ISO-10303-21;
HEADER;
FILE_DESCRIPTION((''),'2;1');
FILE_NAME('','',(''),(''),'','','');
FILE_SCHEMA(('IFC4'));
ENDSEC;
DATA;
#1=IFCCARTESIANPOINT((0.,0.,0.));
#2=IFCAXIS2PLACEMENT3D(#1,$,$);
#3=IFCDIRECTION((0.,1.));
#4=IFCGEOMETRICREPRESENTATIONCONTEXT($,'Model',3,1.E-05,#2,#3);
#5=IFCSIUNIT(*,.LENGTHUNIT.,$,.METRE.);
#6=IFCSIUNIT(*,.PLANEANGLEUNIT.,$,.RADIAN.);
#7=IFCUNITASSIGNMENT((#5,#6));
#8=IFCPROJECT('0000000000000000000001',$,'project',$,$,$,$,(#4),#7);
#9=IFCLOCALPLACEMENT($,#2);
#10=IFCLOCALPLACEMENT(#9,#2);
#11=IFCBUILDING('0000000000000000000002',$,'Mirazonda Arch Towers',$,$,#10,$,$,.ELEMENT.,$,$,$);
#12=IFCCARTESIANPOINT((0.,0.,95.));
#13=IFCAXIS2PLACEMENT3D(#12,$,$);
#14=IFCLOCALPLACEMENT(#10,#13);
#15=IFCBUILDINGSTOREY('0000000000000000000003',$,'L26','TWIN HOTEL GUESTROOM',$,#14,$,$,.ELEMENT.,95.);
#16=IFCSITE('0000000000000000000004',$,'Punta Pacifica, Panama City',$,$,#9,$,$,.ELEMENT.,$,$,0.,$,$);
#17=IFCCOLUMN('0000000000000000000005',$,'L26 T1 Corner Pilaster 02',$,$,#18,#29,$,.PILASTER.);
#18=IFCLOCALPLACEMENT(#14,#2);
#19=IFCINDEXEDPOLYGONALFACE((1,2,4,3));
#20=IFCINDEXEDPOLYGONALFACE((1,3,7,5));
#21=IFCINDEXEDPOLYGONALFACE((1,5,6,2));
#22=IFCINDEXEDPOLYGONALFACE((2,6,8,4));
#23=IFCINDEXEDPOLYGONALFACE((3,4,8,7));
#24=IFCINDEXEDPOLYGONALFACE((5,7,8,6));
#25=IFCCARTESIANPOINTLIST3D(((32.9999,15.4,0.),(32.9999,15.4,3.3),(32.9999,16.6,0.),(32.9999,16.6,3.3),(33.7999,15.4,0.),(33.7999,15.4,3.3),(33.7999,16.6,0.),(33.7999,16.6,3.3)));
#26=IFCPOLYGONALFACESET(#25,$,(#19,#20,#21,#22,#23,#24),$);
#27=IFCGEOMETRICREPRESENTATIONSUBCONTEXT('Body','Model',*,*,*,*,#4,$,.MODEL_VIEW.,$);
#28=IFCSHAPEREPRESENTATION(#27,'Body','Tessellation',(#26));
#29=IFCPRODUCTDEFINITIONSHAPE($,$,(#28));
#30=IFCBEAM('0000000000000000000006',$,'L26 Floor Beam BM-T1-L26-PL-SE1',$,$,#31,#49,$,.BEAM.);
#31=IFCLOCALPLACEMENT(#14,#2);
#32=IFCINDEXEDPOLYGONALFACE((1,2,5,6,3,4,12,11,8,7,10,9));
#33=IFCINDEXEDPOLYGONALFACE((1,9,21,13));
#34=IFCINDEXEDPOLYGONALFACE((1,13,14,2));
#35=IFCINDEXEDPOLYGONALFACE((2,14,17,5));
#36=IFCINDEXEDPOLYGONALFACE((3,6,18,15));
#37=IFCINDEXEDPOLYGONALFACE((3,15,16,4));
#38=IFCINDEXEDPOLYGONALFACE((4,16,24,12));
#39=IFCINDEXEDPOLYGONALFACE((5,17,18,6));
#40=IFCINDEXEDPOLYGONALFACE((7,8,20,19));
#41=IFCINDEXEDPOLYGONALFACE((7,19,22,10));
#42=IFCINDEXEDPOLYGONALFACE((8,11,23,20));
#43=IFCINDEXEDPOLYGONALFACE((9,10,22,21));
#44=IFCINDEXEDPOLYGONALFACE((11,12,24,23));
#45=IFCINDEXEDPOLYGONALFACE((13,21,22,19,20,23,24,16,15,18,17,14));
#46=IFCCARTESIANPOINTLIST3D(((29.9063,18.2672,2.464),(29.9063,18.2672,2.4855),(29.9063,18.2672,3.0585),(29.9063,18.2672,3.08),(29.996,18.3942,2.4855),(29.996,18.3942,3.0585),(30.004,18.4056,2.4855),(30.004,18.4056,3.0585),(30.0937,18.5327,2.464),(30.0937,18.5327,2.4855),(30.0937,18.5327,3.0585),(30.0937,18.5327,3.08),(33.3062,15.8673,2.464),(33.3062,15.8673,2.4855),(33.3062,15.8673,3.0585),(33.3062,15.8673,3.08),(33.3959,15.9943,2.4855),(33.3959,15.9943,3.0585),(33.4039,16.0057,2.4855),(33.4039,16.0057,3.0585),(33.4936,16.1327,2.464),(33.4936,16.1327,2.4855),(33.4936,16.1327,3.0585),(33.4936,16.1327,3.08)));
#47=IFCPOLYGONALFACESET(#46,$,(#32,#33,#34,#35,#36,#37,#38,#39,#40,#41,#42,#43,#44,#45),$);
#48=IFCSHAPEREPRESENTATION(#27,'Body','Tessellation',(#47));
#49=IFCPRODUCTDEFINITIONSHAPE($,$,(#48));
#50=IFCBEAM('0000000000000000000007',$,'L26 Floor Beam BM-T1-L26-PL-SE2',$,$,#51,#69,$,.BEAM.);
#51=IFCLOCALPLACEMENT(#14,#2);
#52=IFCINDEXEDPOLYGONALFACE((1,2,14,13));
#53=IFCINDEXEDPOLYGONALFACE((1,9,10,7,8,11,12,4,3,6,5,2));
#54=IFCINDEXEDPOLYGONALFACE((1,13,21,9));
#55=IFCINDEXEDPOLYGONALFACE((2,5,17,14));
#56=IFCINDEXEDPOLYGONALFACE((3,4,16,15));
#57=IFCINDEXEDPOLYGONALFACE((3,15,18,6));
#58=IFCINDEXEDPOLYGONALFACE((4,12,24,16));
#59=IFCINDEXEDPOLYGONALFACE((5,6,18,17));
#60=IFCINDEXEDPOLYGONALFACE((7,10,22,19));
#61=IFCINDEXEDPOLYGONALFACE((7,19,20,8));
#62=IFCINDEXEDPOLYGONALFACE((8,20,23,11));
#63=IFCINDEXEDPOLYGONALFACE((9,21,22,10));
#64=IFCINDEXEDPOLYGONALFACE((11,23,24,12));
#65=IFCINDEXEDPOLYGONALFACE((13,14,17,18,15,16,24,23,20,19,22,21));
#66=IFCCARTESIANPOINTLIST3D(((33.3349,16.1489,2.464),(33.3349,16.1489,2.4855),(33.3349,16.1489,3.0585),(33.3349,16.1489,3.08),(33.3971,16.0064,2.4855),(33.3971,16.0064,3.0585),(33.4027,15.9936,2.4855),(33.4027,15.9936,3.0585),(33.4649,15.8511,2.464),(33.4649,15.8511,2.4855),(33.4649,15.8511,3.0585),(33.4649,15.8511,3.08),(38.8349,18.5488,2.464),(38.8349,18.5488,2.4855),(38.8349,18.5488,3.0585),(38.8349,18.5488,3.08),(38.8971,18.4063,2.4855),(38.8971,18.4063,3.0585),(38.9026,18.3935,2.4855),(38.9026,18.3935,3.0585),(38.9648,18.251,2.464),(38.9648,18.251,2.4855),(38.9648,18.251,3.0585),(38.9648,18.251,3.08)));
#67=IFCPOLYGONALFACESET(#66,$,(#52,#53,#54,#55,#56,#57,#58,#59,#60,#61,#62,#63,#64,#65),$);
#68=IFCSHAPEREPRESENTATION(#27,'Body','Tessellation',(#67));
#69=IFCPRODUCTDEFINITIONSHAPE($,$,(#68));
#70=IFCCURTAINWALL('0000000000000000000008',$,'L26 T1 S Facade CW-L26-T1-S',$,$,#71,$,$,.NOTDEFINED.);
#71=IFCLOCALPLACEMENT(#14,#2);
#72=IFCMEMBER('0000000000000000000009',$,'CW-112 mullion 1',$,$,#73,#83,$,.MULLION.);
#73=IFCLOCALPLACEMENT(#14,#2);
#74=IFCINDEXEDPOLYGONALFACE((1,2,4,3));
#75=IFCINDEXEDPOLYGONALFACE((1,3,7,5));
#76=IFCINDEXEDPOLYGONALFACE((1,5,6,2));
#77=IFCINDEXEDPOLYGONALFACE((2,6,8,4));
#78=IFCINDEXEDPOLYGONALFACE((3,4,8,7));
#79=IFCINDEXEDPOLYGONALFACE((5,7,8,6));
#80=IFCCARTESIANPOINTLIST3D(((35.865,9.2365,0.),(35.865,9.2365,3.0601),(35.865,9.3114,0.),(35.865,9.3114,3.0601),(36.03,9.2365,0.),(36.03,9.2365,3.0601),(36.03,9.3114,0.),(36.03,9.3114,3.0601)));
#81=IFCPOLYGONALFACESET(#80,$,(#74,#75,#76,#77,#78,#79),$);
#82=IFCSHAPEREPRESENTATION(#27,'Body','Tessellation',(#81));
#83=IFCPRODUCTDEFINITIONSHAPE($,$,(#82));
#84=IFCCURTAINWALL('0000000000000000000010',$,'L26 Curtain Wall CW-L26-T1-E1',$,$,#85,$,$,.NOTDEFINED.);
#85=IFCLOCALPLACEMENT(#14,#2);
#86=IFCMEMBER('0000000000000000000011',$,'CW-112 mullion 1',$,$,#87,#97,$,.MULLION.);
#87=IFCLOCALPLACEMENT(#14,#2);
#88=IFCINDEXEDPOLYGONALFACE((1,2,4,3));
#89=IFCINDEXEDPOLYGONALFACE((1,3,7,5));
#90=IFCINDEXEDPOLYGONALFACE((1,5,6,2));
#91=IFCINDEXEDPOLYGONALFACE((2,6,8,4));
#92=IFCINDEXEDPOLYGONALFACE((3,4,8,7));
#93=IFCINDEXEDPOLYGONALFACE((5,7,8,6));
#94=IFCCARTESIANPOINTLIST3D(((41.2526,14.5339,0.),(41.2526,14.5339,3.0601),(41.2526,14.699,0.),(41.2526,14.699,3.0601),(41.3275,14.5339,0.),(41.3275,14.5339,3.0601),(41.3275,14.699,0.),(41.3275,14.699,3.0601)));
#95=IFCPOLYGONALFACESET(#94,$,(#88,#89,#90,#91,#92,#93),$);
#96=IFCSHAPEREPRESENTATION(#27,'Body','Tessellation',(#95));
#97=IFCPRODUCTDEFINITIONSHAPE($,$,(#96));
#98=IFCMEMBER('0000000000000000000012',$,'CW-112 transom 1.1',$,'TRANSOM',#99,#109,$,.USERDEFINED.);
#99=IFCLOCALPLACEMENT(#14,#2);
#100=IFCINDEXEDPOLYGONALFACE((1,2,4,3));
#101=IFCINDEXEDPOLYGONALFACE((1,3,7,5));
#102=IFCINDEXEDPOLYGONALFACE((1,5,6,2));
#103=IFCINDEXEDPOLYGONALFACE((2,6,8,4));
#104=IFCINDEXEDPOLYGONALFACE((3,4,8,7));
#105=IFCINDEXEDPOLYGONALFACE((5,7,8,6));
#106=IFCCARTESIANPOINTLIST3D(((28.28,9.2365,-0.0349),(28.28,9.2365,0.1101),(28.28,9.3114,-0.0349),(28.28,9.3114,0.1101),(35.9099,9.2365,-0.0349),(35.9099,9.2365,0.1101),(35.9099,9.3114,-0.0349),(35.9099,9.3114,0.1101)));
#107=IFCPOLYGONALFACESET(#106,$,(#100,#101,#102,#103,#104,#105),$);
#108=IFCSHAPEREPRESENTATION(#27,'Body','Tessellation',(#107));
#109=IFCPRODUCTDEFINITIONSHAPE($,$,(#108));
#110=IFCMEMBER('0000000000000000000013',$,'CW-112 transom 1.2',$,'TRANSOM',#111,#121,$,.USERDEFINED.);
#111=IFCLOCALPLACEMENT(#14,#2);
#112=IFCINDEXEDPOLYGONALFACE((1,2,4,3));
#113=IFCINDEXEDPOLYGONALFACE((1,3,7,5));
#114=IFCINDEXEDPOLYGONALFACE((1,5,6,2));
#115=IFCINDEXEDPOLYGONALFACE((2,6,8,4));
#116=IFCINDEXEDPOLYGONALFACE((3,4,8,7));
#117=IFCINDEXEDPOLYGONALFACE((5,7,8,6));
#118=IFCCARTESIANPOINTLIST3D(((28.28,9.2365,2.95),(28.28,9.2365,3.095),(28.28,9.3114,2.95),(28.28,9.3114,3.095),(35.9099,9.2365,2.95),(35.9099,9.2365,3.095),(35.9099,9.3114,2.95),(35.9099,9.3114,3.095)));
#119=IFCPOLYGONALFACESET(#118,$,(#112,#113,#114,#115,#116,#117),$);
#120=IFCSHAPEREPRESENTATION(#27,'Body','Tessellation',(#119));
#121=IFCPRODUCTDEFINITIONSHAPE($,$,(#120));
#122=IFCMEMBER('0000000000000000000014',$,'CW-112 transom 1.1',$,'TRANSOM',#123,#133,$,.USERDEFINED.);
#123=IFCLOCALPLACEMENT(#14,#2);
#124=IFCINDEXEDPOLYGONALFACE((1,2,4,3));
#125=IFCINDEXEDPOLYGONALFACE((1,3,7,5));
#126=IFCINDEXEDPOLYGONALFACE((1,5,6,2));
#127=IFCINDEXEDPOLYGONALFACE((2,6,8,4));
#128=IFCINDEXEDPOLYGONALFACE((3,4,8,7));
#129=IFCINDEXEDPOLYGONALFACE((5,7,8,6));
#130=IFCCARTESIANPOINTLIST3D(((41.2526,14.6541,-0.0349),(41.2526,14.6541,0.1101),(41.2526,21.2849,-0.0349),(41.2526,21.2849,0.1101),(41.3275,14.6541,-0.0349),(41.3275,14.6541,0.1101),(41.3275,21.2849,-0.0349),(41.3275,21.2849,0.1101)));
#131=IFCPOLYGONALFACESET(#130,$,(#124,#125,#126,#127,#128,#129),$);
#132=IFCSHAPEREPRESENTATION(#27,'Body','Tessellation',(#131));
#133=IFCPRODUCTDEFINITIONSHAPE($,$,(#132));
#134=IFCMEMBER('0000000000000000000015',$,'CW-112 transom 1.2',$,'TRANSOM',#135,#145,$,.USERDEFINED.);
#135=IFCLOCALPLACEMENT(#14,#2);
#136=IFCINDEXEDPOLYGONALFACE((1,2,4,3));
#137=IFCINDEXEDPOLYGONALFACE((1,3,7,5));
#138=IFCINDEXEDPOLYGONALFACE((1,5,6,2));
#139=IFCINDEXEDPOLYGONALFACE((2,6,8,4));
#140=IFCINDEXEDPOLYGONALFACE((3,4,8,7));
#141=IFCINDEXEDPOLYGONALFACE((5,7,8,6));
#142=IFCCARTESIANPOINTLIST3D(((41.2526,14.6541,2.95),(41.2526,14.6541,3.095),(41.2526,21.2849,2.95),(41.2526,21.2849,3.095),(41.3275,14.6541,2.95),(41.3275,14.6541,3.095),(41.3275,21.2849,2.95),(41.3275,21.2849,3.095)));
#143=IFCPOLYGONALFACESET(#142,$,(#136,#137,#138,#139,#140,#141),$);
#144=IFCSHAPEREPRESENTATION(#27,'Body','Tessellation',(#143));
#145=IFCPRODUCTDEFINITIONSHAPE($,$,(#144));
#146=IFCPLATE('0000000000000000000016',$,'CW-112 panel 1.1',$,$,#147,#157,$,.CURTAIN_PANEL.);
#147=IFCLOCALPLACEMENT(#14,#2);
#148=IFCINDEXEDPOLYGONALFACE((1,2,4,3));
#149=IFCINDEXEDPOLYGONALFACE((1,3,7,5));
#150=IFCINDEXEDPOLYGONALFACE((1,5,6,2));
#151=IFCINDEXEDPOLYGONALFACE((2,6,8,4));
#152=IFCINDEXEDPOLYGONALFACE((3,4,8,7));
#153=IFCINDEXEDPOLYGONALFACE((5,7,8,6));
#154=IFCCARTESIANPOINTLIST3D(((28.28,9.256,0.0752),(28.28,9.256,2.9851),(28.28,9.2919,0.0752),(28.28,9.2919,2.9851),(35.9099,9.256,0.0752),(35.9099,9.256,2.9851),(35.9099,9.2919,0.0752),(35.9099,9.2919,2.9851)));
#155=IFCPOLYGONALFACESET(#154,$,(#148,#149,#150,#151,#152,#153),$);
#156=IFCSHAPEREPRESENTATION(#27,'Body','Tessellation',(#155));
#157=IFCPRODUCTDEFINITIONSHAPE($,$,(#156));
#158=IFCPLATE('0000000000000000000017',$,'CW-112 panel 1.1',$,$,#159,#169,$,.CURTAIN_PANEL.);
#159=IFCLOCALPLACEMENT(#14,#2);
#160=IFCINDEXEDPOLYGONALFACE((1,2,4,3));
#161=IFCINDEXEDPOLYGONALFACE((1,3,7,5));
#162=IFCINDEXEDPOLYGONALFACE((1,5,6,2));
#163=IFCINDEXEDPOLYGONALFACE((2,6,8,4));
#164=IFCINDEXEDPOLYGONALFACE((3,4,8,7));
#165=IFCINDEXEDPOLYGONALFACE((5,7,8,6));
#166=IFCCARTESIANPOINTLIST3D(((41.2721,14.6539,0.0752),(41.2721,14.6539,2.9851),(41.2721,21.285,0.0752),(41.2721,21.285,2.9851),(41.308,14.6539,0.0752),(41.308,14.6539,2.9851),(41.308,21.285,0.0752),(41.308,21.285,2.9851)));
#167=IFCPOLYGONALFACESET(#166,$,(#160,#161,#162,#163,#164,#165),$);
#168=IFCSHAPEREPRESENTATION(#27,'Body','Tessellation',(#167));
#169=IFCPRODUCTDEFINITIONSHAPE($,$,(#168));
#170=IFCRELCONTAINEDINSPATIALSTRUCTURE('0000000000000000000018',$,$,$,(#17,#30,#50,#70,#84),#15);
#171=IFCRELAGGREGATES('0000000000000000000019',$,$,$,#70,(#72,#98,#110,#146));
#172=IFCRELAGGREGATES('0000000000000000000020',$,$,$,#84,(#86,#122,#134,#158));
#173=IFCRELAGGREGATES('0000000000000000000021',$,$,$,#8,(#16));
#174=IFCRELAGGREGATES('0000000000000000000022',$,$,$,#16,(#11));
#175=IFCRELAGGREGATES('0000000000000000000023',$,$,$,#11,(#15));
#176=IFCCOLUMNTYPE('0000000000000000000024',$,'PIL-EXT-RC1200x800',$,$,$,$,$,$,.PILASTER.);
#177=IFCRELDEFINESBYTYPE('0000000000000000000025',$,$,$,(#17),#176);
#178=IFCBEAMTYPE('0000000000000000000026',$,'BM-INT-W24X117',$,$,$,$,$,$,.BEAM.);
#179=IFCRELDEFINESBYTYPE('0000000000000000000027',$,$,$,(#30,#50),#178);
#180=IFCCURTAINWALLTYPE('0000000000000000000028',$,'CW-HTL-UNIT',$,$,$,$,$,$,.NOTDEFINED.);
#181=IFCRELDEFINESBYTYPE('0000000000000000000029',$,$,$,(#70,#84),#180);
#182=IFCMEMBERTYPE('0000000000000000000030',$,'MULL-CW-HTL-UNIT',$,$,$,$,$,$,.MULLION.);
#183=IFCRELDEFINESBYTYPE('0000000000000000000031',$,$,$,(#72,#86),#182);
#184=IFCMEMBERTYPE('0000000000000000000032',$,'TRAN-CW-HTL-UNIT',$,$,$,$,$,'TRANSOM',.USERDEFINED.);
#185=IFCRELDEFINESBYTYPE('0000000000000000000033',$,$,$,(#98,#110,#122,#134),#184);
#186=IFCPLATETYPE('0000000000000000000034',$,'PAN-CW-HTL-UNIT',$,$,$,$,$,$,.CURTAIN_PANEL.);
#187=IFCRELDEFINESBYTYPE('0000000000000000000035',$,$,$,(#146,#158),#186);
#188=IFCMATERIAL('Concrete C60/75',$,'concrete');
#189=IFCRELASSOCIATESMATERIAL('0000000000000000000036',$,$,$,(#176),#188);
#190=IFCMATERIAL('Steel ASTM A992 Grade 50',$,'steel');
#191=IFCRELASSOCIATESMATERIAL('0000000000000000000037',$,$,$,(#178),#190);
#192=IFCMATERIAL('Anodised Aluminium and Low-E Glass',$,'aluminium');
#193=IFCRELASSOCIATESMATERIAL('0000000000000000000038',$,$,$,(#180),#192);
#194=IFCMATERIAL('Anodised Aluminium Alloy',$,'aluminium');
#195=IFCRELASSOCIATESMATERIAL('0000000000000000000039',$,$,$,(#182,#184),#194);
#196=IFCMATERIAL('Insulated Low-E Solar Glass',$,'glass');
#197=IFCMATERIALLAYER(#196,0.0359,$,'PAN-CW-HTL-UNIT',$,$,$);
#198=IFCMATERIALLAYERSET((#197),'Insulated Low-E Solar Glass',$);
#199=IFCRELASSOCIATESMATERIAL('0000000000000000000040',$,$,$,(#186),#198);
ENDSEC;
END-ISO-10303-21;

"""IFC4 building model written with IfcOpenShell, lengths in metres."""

from ifc_helpers import new_model, si_unit, direction, frame, origin, origin_2d, place, context, subcontext, project, spatial, rectangle, i_section, extrude, material, layer, layer_set, material_profile, profile_set, type_object, element, aggregate, save


model = new_model("IFC4")

# Units and contexts
model_context = context("Model", 3, precision=1e-05, world=origin(), true_north=direction((0.0, 1.0)))
body_context = subcontext(model_context, "Body", "Model", "MODEL_VIEW")
ifc_project = project(units=[si_unit("LENGTHUNIT", "METRE"), si_unit("PLANEANGLEUNIT", "RADIAN")], contexts=[model_context])

# Site, building, storey
site_placement = place(None, origin())
site = spatial("IfcSite", under=ifc_project, at=site_placement, Name="Punta Pacifica, Panama City", CompositionType="ELEMENT", RefElevation=0.0)
building_placement = place(site_placement, origin())
building = spatial("IfcBuilding", under=site, at=building_placement, Name="Mirazonda Arch Towers", CompositionType="ELEMENT")
storey_placement = place(building_placement, frame((0.0, 0.0, 95.0)))
storey = spatial("IfcBuildingStorey", under=building, at=storey_placement, Name="L26", Description="TWIN HOTEL GUESTROOM", CompositionType="ELEMENT", Elevation=95.0)

# Column
ifc_material_1 = material(Name="Concrete C60/75", Category="concrete")
ifc_material_profile_1 = material_profile(ifc_material_1, rectangle(XDim=0.8, YDim=1.2, at=origin_2d()), Name="RC1200x800")
ifc_profile_set_1 = profile_set([ifc_material_profile_1], Name="Concrete C60/75")
column_type = type_object("IfcColumnType", Name="PIL-EXT-RC1200x800", PredefinedType="PILASTER", material=ifc_profile_set_1)
column_placement = place(storey_placement, frame((33.3999, 16.0, 0.0), z_axis=(0.0, 0.0, 1.0), x_axis=(1.0, 0.0, 0.0)))
element("IfcColumn", 1, at=column_placement, inside=storey, type_object=column_type, Name="L26 T1 Corner Pilaster 02", PredefinedType="PILASTER", context=body_context, shape_type="SweptSolid", body=[
    extrude(rectangle(XDim=0.8, YDim=1.2, at=origin_2d()), origin(), (0.0, 0.0, 1.0), 3.3),
])

# Beams
ifc_material_2 = material(Name="Steel ASTM A992 Grade 50", Category="steel")
ifc_material_profile_2 = material_profile(ifc_material_2, i_section(OverallWidth=0.325, OverallDepth=0.616, WebThickness=0.0139, FlangeThickness=0.0215, at=origin_2d()), Name="W24X117")
ifc_profile_set_2 = profile_set([ifc_material_profile_2], Name="Steel ASTM A992 Grade 50")
beam_type = type_object("IfcBeamType", Name="BM-INT-W24X117", PredefinedType="BEAM", material=ifc_profile_set_2)
beam_1_placement = place(storey_placement, frame((33.3999, 16.0, 2.772), z_axis=(-0.816971, 0.576679, 0.0), x_axis=(-0.576679, -0.816971, 0.0)))
element("IfcBeam", 2, at=beam_1_placement, inside=storey, type_object=beam_type, Name="L26 Floor Beam BM-T1-L26-PL-SE1", PredefinedType="BEAM", context=body_context, shape_type="SweptSolid", body=[
    extrude(i_section(OverallWidth=0.325, OverallDepth=0.616, WebThickness=0.0139, FlangeThickness=0.0215, at=origin_2d()), origin(), (0.0, 0.0, 1.0), 4.1616),
])
beam_2_placement = place(storey_placement, frame((33.3999, 16.0, 2.772), z_axis=(0.916545, 0.399931, 0.0), x_axis=(-0.399931, 0.916545, 0.0)))
element("IfcBeam", 3, at=beam_2_placement, inside=storey, type_object=beam_type, Name="L26 Floor Beam BM-T1-L26-PL-SE2", PredefinedType="BEAM", context=body_context, shape_type="SweptSolid", body=[
    extrude(i_section(OverallWidth=0.325, OverallDepth=0.616, WebThickness=0.0139, FlangeThickness=0.0215, at=origin_2d()), origin(), (0.0, 0.0, 1.0), 6.0007),
])

# Curtain walls, members
ifc_material_3 = material(Name="Anodised Aluminium and Low-E Glass", Category="aluminium")
curtain_wall_type = type_object("IfcCurtainWallType", Name="CW-HTL-UNIT", PredefinedType="NOTDEFINED", material=ifc_material_3)
curtain_wall_1_placement = place(storey_placement, origin())
curtain_wall_1 = element("IfcCurtainWall", 4, at=curtain_wall_1_placement, inside=storey, type_object=curtain_wall_type, Name="L26 T1 S Facade CW-L26-T1-S", PredefinedType="NOTDEFINED")
ifc_material_4 = material(Name="Anodised Aluminium Alloy", Category="aluminium")
ifc_material_profile_3 = material_profile(ifc_material_4, rectangle(XDim=0.075, YDim=0.165, at=origin_2d()), Name="ALU-MULL-75x165")
ifc_profile_set_3 = profile_set([ifc_material_profile_3], Name="Anodised Aluminium Alloy")
member_type_1 = type_object("IfcMemberType", Name="MULL-CW-HTL-UNIT", PredefinedType="MULLION", material=ifc_profile_set_3)
member_1_placement = place(storey_placement, frame((35.9475, 9.2739, 0.0), z_axis=(0.0, 0.0, 1.0), x_axis=(0.0, -1.0, 0.0)))
member_1 = element("IfcMember", 5, at=member_1_placement, type_object=member_type_1, Name="CW-112 mullion 1", PredefinedType="MULLION", context=body_context, shape_type="SweptSolid", body=[
    extrude(rectangle(XDim=0.075, YDim=0.165, at=origin_2d()), origin(), (0.0, 0.0, 1.0), 3.0601),
])
curtain_wall_2_placement = place(storey_placement, origin())
curtain_wall_2 = element("IfcCurtainWall", 6, at=curtain_wall_2_placement, inside=storey, type_object=curtain_wall_type, Name="L26 Curtain Wall CW-L26-T1-E1", PredefinedType="NOTDEFINED")
member_2_placement = place(storey_placement, frame((41.29, 14.6165, 0.0), z_axis=(0.0, 0.0, 1.0), x_axis=(-1.0, 0.0, 0.0)))
member_2 = element("IfcMember", 7, at=member_2_placement, type_object=member_type_1, Name="CW-112 mullion 1", PredefinedType="MULLION", context=body_context, shape_type="SweptSolid", body=[
    extrude(rectangle(XDim=0.075, YDim=0.165, at=origin_2d()), origin(), (0.0, 0.0, 1.0), 3.0601),
])

# Members
ifc_material_profile_4 = material_profile(ifc_material_4, rectangle(XDim=0.075, YDim=0.145, at=origin_2d()), Name="ALU-TRAN-75x145")
ifc_profile_set_4 = profile_set([ifc_material_profile_4], Name="Anodised Aluminium Alloy")
member_type_2 = type_object("IfcMemberType", Name="TRAN-CW-HTL-UNIT", ElementType="TRANSOM", PredefinedType="USERDEFINED", material=ifc_profile_set_4)
member_3_placement = place(storey_placement, frame((35.9099, 9.2739, 0.0376), z_axis=(-1.0, 0.0, 0.0), x_axis=(0.0, -1.0, 0.0)))
member_3 = element("IfcMember", 8, at=member_3_placement, type_object=member_type_2, Name="CW-112 transom 1.1", ObjectType="TRANSOM", PredefinedType="USERDEFINED", context=body_context, shape_type="SweptSolid", body=[
    extrude(rectangle(XDim=0.075, YDim=0.145, at=origin_2d()), origin(), (0.0, 0.0, 1.0), 7.6299),
])
member_4_placement = place(storey_placement, frame((35.9099, 9.2739, 3.0225), z_axis=(-1.0, 0.0, 0.0), x_axis=(0.0, -1.0, 0.0)))
member_4 = element("IfcMember", 9, at=member_4_placement, type_object=member_type_2, Name="CW-112 transom 1.2", ObjectType="TRANSOM", PredefinedType="USERDEFINED", context=body_context, shape_type="SweptSolid", body=[
    extrude(rectangle(XDim=0.075, YDim=0.145, at=origin_2d()), origin(), (0.0, 0.0, 1.0), 7.6299),
])
member_5_placement = place(storey_placement, frame((41.29, 14.6541, 0.0376), z_axis=(0.0, 1.0, 0.0), x_axis=(-1.0, 0.0, 0.0)))
member_5 = element("IfcMember", 10, at=member_5_placement, type_object=member_type_2, Name="CW-112 transom 1.1", ObjectType="TRANSOM", PredefinedType="USERDEFINED", context=body_context, shape_type="SweptSolid", body=[
    extrude(rectangle(XDim=0.075, YDim=0.145, at=origin_2d()), origin(), (0.0, 0.0, 1.0), 6.6309),
])
member_6_placement = place(storey_placement, frame((41.29, 14.6541, 3.0225), z_axis=(0.0, 1.0, 0.0), x_axis=(-1.0, 0.0, 0.0)))
member_6 = element("IfcMember", 11, at=member_6_placement, type_object=member_type_2, Name="CW-112 transom 1.2", ObjectType="TRANSOM", PredefinedType="USERDEFINED", context=body_context, shape_type="SweptSolid", body=[
    extrude(rectangle(XDim=0.075, YDim=0.145, at=origin_2d()), origin(), (0.0, 0.0, 1.0), 6.6309),
])

# Plates
ifc_material_5 = material(Name="Insulated Low-E Solar Glass", Category="glass")
ifc_layer_1 = layer(ifc_material_5, 0.0359, Name="PAN-CW-HTL-UNIT")
ifc_layer_set_1 = layer_set([ifc_layer_1], Name="Insulated Low-E Solar Glass")
plate_type = type_object("IfcPlateType", Name="PAN-CW-HTL-UNIT", PredefinedType="CURTAIN_PANEL", material=ifc_layer_set_1)
plate_1_placement = place(storey_placement, frame((32.095, 9.2739, 0.0752), z_axis=(0.0, 0.0, 1.0), x_axis=(-1.0, 0.0, 0.0)))
plate_1 = element("IfcPlate", 12, at=plate_1_placement, type_object=plate_type, Name="CW-112 panel 1.1", PredefinedType="CURTAIN_PANEL", context=body_context, shape_type="SweptSolid", body=[
    extrude(rectangle(XDim=7.6299, YDim=0.0359, at=origin_2d()), origin(), (0.0, 0.0, 1.0), 2.9099),
])
aggregate(curtain_wall_1, [member_1, member_3, member_4, plate_1])
plate_2_placement = place(storey_placement, frame((41.29, 17.9695, 0.0752), z_axis=(0.0, 0.0, 1.0), x_axis=(0.0, 1.0, 0.0)))
plate_2 = element("IfcPlate", 13, at=plate_2_placement, type_object=plate_type, Name="CW-112 panel 1.1", PredefinedType="CURTAIN_PANEL", context=body_context, shape_type="SweptSolid", body=[
    extrude(rectangle(XDim=6.6311, YDim=0.0359, at=origin_2d()), origin(), (0.0, 0.0, 1.0), 2.9099),
])
aggregate(curtain_wall_2, [member_2, member_5, member_6, plate_2])

save(model, "model.ifc")
